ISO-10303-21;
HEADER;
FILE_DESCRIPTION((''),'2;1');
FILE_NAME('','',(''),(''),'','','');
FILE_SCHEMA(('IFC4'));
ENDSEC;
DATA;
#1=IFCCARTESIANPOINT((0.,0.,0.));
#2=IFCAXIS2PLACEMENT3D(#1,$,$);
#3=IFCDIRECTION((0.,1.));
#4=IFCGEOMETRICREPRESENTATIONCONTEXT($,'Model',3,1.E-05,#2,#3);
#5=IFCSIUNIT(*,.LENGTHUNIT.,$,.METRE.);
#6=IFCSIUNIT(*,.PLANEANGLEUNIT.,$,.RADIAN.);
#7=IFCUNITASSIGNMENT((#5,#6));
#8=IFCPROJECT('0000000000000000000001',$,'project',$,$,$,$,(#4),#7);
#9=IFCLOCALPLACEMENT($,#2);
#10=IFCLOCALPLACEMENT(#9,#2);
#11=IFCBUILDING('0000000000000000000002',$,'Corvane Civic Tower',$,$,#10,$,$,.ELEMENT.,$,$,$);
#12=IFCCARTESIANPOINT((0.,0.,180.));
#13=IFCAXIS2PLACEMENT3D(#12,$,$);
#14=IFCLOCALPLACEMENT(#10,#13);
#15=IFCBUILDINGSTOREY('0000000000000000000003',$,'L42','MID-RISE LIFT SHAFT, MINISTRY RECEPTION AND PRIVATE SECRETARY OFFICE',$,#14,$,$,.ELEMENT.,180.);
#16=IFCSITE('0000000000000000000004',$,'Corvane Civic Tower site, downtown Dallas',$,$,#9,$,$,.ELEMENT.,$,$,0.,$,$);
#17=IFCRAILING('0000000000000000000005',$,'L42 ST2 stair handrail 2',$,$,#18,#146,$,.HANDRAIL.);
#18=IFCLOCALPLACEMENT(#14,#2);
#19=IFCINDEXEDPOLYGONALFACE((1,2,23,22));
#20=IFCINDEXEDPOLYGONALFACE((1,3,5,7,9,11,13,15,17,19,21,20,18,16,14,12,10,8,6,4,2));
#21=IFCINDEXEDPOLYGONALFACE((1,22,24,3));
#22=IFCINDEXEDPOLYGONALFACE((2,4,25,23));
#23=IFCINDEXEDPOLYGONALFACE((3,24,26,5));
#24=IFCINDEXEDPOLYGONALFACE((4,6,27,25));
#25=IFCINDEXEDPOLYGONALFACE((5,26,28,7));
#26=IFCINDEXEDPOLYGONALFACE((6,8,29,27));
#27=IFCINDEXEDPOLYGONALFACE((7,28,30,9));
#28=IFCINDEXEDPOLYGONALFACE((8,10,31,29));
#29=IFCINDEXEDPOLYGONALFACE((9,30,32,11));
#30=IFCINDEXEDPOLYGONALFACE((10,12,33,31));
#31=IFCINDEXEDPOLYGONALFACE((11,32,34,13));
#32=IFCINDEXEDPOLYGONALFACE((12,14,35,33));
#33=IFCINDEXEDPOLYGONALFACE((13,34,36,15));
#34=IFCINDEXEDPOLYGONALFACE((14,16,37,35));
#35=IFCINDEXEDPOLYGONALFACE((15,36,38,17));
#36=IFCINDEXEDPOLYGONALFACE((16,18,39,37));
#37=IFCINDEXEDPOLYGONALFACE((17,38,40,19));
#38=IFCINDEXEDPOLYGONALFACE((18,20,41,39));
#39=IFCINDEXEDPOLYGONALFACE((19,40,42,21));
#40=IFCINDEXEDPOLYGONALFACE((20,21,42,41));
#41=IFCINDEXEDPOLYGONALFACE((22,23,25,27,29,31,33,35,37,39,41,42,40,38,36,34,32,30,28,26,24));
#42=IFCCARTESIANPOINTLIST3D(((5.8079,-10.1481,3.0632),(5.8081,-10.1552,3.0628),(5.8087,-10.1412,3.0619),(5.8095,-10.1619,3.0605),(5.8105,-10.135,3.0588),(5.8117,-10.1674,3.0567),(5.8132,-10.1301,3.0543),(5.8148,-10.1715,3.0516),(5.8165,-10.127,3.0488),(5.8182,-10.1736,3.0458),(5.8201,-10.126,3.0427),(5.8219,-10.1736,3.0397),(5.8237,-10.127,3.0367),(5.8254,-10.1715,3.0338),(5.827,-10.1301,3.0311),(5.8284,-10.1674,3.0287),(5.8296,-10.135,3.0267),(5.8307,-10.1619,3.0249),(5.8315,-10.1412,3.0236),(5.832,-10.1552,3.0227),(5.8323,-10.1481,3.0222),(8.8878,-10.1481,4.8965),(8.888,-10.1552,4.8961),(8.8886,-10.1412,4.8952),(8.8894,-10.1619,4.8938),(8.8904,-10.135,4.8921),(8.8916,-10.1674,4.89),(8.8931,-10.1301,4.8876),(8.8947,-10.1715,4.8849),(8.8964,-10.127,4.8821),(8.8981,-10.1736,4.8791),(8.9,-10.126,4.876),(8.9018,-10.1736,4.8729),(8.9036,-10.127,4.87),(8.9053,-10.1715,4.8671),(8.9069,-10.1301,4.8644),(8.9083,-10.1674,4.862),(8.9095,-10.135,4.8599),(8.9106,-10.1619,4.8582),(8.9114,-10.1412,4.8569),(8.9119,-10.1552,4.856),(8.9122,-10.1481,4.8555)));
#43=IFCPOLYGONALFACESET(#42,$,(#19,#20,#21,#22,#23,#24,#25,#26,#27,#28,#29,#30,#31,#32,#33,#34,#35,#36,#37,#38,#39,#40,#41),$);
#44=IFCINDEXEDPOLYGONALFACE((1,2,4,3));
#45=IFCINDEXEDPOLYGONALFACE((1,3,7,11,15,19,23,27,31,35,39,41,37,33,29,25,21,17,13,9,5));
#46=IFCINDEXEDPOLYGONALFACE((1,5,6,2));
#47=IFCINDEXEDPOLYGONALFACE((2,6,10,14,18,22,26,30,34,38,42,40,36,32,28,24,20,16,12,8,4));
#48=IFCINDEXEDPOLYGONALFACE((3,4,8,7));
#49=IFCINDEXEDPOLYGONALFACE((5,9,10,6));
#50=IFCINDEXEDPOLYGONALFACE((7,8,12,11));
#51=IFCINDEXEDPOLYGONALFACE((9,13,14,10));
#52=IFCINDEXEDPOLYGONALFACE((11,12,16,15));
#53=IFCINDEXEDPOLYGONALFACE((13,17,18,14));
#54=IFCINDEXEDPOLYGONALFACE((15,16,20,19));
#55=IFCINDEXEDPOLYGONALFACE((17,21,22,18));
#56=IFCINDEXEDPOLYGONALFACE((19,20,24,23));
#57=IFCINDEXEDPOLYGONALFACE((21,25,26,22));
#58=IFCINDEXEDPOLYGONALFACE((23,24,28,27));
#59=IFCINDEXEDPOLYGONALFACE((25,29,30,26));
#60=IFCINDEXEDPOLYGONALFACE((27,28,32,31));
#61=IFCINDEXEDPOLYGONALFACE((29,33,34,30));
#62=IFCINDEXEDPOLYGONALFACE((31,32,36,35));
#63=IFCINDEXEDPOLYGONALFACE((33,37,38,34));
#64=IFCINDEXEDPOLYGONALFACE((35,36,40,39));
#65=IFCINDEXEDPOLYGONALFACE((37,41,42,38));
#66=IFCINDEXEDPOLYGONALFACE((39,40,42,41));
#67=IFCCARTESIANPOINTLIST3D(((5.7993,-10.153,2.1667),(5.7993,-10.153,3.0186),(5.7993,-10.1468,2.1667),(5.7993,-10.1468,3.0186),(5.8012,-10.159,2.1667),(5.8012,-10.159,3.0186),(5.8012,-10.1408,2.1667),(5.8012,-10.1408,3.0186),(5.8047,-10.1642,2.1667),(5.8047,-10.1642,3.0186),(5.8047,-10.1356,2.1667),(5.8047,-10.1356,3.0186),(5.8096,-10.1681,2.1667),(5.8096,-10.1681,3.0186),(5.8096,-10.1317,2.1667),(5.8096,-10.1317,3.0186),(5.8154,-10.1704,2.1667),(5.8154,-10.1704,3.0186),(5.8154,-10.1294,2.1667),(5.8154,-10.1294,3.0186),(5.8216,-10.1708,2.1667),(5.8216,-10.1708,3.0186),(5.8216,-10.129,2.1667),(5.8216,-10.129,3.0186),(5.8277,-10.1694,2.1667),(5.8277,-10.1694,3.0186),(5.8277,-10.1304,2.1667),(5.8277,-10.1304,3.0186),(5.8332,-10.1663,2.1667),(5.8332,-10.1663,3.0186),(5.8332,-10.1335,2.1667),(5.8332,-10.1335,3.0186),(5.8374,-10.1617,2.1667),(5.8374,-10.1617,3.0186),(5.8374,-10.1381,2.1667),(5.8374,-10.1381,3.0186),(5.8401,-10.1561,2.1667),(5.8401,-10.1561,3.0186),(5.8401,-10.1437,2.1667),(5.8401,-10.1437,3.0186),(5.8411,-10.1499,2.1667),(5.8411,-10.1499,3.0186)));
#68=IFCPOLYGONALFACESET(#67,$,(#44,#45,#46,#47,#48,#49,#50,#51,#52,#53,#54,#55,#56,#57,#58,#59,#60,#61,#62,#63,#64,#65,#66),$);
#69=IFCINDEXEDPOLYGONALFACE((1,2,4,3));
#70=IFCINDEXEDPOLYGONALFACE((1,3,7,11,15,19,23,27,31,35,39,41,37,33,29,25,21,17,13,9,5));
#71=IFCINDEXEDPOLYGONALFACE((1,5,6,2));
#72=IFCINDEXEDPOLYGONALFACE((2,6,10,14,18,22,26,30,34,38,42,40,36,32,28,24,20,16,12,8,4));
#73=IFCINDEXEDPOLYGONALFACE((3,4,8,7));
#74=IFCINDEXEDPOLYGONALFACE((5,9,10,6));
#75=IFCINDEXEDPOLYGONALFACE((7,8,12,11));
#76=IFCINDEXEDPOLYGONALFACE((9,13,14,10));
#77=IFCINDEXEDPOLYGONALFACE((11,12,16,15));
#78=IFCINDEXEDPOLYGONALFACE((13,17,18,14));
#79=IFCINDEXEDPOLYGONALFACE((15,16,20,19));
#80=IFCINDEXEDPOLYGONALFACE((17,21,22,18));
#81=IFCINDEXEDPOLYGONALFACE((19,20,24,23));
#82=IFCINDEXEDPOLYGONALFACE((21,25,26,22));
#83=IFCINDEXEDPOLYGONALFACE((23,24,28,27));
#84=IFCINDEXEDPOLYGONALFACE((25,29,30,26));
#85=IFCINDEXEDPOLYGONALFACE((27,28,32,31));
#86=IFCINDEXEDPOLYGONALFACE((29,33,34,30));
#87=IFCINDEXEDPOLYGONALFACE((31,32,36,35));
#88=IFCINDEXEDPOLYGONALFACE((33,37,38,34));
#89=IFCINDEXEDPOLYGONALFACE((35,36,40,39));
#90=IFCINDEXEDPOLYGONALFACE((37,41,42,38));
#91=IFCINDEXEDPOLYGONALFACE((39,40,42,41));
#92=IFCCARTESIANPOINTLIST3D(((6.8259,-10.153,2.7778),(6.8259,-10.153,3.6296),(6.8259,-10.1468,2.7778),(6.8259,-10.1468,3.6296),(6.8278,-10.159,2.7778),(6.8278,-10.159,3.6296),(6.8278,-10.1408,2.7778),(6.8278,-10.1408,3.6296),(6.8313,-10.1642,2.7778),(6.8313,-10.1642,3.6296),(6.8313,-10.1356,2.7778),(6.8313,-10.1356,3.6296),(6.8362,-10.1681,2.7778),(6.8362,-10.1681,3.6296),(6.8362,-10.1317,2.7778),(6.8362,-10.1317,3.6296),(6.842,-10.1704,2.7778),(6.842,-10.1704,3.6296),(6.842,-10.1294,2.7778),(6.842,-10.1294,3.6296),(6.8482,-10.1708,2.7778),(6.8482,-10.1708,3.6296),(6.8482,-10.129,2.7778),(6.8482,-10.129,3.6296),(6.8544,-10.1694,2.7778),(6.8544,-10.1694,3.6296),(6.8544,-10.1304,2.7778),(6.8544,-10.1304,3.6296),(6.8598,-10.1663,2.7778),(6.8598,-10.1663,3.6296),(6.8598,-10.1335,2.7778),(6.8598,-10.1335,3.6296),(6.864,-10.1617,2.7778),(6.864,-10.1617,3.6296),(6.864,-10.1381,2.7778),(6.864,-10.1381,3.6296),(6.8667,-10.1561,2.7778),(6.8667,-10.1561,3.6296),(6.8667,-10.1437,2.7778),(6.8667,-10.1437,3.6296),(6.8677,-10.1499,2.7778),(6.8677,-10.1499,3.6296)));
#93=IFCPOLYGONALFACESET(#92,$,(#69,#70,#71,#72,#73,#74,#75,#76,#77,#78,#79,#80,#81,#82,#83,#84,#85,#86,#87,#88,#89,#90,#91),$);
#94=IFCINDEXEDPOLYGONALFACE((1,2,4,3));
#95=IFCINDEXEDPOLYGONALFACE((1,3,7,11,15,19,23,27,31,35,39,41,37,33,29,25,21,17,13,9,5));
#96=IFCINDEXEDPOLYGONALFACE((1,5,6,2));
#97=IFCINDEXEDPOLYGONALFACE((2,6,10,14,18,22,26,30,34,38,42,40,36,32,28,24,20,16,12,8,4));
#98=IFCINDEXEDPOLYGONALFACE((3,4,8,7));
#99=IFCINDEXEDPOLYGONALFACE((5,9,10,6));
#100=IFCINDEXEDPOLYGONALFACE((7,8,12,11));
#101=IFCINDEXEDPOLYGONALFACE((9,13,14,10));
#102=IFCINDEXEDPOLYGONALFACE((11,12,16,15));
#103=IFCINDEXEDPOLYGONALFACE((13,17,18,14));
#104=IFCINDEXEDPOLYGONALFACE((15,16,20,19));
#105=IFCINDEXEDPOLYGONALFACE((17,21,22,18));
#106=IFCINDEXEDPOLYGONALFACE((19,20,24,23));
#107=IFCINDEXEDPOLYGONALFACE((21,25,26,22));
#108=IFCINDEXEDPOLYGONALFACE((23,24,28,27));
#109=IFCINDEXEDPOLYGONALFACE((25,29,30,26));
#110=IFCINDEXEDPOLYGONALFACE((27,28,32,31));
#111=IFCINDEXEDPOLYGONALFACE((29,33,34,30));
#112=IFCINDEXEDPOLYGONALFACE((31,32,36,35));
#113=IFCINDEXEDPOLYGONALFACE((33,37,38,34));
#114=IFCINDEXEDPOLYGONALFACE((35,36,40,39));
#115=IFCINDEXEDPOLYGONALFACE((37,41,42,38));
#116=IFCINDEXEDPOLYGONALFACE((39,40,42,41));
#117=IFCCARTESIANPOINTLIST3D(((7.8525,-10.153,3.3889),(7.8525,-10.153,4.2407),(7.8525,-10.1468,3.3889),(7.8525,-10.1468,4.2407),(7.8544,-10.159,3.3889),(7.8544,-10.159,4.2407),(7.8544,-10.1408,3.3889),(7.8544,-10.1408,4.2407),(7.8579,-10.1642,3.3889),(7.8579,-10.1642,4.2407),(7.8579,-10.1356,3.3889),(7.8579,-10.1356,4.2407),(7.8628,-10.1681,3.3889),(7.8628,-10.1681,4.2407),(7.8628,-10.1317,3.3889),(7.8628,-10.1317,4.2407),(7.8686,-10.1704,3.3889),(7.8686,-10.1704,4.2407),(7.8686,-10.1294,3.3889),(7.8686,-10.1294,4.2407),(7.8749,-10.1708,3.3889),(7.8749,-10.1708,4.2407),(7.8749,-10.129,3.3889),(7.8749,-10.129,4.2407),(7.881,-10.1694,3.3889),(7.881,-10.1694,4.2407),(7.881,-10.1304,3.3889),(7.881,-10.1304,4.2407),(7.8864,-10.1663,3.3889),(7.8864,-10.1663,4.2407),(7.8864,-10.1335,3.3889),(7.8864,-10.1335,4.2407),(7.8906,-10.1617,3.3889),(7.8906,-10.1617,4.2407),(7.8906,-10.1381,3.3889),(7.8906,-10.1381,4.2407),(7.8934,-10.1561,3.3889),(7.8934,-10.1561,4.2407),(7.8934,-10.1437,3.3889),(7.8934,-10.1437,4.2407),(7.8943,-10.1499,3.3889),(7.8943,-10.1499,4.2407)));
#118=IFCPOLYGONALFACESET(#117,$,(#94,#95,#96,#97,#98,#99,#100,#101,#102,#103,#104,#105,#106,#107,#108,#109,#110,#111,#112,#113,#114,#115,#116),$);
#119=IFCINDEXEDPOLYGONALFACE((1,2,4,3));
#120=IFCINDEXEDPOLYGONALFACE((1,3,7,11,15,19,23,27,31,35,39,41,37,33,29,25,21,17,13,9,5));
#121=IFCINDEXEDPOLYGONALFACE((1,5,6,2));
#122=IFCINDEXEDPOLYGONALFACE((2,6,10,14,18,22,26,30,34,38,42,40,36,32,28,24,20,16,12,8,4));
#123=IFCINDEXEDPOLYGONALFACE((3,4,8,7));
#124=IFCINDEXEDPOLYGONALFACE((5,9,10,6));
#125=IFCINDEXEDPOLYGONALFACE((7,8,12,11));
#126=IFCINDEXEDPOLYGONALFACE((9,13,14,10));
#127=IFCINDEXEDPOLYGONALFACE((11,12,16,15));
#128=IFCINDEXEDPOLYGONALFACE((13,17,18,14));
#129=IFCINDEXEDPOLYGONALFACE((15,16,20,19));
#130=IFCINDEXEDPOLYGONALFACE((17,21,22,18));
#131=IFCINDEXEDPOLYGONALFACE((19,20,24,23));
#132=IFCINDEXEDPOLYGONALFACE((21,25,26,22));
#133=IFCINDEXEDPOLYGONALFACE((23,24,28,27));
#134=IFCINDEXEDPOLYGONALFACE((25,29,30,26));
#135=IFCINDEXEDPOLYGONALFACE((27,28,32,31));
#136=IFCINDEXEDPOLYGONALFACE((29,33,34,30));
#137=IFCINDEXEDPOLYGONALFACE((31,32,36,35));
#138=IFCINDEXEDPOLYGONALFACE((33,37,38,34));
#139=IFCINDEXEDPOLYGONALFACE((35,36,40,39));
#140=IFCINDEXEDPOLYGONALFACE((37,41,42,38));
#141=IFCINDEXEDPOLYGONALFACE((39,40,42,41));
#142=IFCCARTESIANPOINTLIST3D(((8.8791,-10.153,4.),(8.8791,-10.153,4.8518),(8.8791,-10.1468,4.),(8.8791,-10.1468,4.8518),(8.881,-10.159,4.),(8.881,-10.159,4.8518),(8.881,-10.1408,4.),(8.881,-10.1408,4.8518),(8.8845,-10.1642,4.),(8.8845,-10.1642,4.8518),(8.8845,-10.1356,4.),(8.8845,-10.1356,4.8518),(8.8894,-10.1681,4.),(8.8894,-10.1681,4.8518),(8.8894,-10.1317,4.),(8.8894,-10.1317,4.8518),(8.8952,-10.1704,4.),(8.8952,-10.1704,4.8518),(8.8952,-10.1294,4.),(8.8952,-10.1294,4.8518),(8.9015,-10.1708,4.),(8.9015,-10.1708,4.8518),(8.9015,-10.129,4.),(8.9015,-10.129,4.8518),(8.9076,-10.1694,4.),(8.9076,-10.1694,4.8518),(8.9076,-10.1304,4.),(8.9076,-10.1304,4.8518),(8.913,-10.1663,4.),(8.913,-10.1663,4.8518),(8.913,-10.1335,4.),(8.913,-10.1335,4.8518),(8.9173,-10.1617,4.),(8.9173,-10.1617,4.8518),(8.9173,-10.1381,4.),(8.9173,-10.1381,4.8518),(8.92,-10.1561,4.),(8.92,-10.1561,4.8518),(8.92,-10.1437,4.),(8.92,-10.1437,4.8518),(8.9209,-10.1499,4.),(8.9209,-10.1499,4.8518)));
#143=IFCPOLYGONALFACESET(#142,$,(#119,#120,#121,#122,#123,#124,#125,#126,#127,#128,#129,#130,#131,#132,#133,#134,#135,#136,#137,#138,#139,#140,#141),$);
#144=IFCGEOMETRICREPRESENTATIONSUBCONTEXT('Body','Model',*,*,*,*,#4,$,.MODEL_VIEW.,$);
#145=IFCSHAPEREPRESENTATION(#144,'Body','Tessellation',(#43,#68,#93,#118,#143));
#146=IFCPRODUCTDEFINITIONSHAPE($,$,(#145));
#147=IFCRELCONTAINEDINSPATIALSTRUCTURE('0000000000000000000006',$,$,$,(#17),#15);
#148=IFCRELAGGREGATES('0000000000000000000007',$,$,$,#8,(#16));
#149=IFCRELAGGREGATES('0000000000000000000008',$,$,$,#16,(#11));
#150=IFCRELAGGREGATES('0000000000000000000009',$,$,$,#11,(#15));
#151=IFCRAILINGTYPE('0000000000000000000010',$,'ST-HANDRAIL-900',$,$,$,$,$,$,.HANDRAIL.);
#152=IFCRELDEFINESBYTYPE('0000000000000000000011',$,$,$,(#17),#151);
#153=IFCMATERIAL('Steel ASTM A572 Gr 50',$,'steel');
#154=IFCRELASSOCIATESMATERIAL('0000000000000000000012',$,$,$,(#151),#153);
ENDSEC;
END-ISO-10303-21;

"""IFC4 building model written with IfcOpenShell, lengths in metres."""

from ifc_helpers import new_model, si_unit, direction, frame, origin, origin_2d, place, context, subcontext, project, spatial, circle, extrude, material, type_object, element, save


model = new_model("IFC4")

# Units and contexts
model_context = context("Model", 3, precision=1e-05, world=origin(), true_north=direction((0.0, 1.0)))
body_context = subcontext(model_context, "Body", "Model", "MODEL_VIEW")
ifc_project = project(units=[si_unit("LENGTHUNIT", "METRE"), si_unit("PLANEANGLEUNIT", "RADIAN")], contexts=[model_context])

# Site, building, storey
site_placement = place(None, origin())
site = spatial("IfcSite", under=ifc_project, at=site_placement, Name="Corvane Civic Tower site, downtown Dallas", CompositionType="ELEMENT", RefElevation=0.0)
building_placement = place(site_placement, origin())
building = spatial("IfcBuilding", under=site, at=building_placement, Name="Corvane Civic Tower", CompositionType="ELEMENT")
storey_placement = place(building_placement, frame((0.0, 0.0, 180.0)))
storey = spatial("IfcBuildingStorey", under=building, at=storey_placement, Name="L42", Description="MID-RISE LIFT SHAFT, MINISTRY RECEPTION AND PRIVATE SECRETARY OFFICE", CompositionType="ELEMENT", Elevation=180.0)

# Railing
ifc_material_1 = material(Name="Steel ASTM A572 Gr 50", Category="steel")
railing_type_1 = type_object("IfcRailingType", Name="ST-HANDRAIL-900", PredefinedType="HANDRAIL", material=ifc_material_1)
railing_1_placement = place(storey_placement, frame((5.8201, -10.1499, 2.1667)))
element("IfcRailing", 1, at=railing_1_placement, inside=storey, type_object=railing_type_1, Name="L42 ST2 stair handrail 2", PredefinedType="HANDRAIL", context=body_context, shape_type="SweptSolid", body=[
    extrude(circle(Radius=0.0239, at=origin_2d()), frame((0.0, 0.0, 0.876), z_axis=(0.859291, 0.0, 0.511487), x_axis=(0.0, 1.0, 0.0)), (0.0, 0.0, 1.0), 3.5842),
    extrude(circle(Radius=0.021, at=origin_2d()), origin(), (0.0, 0.0, 1.0), 0.8518),
    extrude(circle(Radius=0.021, at=origin_2d()), frame((1.0266, 0.0, 0.6111)), (0.0, 0.0, 1.0), 0.8518),
    extrude(circle(Radius=0.021, at=origin_2d()), frame((2.0532, 0.0, 1.2222)), (0.0, 0.0, 1.0), 0.8518),
    extrude(circle(Radius=0.021, at=origin_2d()), frame((3.0798, 0.0, 1.8333)), (0.0, 0.0, 1.0), 0.8518),
])

save(model, "model.ifc")
